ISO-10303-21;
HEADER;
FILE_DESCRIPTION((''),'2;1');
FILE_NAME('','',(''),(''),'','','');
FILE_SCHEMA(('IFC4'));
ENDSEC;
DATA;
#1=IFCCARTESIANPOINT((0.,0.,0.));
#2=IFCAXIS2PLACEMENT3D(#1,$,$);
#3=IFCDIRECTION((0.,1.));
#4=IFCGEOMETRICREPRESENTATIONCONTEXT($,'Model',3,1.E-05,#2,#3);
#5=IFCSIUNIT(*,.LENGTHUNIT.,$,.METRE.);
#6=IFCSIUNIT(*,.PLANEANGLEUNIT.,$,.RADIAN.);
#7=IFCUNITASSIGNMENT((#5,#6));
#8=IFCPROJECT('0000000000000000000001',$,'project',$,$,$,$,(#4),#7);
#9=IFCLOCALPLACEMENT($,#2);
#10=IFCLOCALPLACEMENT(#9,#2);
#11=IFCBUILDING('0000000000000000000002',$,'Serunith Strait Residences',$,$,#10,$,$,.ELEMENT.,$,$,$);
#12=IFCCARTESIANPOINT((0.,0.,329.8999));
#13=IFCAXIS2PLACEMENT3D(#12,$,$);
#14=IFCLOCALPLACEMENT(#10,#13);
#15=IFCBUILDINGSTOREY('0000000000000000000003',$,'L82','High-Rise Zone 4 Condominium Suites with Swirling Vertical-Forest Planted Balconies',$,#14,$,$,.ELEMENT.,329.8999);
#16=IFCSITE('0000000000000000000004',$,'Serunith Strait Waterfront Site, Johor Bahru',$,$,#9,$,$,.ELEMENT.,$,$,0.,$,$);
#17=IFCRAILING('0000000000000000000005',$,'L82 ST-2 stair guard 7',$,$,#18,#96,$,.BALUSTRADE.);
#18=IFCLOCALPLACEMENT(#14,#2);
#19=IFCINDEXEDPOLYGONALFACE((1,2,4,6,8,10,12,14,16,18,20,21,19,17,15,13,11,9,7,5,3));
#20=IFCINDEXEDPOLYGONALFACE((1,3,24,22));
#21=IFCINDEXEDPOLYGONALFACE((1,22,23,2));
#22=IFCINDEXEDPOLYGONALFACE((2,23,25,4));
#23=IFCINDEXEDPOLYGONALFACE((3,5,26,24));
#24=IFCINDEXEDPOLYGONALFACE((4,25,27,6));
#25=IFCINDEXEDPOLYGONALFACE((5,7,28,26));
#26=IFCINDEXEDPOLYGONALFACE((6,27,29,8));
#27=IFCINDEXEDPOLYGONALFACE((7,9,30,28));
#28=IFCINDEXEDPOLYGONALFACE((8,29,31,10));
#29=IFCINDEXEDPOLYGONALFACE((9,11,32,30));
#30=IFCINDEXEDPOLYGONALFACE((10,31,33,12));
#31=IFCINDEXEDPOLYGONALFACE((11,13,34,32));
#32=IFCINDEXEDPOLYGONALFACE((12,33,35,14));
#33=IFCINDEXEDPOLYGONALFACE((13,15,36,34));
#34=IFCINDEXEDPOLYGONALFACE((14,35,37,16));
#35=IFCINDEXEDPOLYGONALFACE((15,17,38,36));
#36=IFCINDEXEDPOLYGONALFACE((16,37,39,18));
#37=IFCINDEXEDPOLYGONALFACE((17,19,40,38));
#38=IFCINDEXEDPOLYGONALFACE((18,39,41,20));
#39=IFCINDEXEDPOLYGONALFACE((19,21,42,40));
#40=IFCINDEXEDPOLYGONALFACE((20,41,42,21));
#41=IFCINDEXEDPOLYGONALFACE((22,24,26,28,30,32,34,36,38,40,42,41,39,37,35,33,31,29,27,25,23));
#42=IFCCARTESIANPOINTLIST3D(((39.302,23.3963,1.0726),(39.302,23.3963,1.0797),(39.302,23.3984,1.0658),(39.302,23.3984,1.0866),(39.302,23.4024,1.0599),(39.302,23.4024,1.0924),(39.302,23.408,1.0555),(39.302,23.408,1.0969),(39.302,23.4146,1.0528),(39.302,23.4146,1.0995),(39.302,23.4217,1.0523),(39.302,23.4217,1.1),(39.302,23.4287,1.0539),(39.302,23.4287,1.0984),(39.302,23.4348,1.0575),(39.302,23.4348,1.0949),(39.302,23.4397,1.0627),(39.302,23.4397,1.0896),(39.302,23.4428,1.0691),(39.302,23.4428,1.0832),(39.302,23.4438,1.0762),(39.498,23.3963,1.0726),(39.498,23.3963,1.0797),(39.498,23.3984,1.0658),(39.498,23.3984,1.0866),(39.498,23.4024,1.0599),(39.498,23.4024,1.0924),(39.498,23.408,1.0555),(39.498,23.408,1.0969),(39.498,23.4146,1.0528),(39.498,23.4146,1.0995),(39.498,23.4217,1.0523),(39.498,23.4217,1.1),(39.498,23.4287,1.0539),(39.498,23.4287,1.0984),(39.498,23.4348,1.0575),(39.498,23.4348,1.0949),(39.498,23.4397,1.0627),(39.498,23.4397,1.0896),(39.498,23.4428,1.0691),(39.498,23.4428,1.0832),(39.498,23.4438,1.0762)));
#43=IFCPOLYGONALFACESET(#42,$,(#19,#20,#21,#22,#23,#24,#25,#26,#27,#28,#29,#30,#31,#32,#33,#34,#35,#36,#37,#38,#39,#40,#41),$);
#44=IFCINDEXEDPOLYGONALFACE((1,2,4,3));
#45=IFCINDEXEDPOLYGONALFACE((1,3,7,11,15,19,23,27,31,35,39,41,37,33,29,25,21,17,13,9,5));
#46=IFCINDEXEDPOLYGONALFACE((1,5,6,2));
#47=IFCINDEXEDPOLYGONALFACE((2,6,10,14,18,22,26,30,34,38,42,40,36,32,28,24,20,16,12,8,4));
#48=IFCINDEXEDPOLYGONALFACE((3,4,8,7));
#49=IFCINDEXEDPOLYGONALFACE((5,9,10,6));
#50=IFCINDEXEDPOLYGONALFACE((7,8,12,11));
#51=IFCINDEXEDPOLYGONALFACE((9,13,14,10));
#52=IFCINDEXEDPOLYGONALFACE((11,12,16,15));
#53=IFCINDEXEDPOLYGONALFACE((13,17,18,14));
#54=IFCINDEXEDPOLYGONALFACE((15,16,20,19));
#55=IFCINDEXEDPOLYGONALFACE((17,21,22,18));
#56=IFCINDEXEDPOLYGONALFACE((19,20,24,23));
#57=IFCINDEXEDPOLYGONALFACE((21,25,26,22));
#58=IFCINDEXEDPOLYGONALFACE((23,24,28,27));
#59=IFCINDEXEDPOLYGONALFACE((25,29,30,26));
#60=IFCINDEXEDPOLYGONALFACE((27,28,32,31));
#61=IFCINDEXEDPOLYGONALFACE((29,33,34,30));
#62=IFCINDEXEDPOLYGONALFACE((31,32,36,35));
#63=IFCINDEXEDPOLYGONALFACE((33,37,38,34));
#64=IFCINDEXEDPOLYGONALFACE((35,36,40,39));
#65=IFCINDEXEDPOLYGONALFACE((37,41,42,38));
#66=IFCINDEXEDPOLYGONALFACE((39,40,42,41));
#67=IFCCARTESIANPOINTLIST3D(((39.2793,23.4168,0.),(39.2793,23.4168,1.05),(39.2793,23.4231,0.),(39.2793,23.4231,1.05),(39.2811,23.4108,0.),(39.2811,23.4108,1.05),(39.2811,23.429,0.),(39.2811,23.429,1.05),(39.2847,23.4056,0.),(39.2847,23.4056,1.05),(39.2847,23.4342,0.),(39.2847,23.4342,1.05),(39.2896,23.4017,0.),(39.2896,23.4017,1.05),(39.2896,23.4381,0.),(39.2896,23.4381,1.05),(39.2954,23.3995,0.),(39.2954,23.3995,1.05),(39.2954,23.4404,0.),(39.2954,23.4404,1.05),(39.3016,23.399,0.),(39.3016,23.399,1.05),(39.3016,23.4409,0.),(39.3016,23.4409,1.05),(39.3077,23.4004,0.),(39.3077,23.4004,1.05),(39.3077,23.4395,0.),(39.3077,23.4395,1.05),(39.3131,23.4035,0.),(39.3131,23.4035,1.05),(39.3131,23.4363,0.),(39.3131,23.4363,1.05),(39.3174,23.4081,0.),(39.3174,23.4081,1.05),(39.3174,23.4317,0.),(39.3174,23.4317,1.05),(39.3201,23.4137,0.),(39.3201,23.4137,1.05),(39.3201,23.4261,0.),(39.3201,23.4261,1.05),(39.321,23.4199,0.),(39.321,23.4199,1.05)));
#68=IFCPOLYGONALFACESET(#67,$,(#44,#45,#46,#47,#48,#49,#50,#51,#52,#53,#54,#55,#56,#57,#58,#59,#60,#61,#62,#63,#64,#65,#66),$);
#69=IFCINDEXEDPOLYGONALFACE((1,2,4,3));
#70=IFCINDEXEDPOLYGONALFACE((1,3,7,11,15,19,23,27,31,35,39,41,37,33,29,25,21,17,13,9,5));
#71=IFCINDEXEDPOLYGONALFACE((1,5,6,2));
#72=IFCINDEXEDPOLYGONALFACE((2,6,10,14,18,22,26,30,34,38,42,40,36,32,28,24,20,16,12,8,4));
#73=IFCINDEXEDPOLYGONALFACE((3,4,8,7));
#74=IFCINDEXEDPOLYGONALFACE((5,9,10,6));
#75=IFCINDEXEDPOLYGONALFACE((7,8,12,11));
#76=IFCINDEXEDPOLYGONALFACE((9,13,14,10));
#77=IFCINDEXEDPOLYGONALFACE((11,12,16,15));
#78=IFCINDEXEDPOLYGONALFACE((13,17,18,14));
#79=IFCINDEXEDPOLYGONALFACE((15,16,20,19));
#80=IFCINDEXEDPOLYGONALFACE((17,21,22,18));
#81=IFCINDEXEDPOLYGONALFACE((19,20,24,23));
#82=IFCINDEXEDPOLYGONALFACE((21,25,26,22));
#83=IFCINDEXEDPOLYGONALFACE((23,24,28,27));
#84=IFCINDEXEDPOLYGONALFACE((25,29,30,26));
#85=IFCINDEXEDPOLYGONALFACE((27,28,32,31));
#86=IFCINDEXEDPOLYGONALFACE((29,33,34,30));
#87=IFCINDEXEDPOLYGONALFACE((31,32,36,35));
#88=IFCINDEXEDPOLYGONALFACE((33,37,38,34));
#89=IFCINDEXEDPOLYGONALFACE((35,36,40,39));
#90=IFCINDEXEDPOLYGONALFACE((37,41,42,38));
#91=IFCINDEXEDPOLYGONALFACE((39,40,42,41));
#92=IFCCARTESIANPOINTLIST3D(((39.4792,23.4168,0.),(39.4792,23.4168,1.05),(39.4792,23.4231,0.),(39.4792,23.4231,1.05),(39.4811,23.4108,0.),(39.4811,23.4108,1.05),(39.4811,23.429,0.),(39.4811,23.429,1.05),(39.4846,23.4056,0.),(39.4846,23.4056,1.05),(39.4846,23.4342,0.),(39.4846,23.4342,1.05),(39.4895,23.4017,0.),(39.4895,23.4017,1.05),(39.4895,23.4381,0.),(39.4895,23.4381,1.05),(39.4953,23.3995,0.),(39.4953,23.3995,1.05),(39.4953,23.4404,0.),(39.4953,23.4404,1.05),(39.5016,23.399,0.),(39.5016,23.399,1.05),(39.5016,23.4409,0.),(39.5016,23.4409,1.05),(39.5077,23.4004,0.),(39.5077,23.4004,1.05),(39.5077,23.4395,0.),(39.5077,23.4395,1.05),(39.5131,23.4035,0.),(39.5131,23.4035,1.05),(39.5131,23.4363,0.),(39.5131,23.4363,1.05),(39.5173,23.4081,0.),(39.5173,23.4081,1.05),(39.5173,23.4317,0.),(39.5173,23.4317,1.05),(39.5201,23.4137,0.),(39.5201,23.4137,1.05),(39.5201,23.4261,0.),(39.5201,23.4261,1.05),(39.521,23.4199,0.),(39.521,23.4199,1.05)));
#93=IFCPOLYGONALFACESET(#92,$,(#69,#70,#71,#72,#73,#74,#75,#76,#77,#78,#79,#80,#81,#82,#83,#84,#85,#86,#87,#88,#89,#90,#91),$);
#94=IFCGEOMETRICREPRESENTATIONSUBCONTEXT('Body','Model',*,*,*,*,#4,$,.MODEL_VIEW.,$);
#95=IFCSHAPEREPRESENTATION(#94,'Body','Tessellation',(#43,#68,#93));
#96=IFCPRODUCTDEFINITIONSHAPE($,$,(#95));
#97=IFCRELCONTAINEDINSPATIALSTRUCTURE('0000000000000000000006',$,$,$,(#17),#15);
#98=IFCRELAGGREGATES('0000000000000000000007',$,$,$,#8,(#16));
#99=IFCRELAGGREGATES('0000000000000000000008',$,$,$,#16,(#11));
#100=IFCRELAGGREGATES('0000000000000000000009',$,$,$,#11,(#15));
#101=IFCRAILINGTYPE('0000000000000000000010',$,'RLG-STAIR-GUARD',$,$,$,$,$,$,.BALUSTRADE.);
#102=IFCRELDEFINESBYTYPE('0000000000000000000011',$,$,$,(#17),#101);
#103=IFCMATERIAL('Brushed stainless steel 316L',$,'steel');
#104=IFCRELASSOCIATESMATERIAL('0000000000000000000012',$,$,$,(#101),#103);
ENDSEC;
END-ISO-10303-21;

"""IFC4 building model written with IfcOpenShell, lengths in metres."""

from ifc_helpers import new_model, si_unit, direction, frame, origin, origin_2d, place, context, subcontext, project, spatial, circle, extrude, material, type_object, element, save


model = new_model("IFC4")

# Units and contexts
model_context = context("Model", 3, precision=1e-05, world=origin(), true_north=direction((0.0, 1.0)))
body_context = subcontext(model_context, "Body", "Model", "MODEL_VIEW")
ifc_project = project(units=[si_unit("LENGTHUNIT", "METRE"), si_unit("PLANEANGLEUNIT", "RADIAN")], contexts=[model_context])

# Site, building, storey
site_placement = place(None, origin())
site = spatial("IfcSite", under=ifc_project, at=site_placement, Name="Serunith Strait Waterfront Site, Johor Bahru", CompositionType="ELEMENT", RefElevation=0.0)
building_placement = place(site_placement, origin())
building = spatial("IfcBuilding", under=site, at=building_placement, Name="Serunith Strait Residences", CompositionType="ELEMENT")
storey_placement = place(building_placement, frame((0.0, 0.0, 329.8999)))
storey = spatial("IfcBuildingStorey", under=building, at=storey_placement, Name="L82", Description="High-Rise Zone 4 Condominium Suites with Swirling Vertical-Forest Planted Balconies", CompositionType="ELEMENT", Elevation=329.8999)

# Railing
ifc_material_1 = material(Name="Brushed stainless steel 316L", Category="steel")
railing_type_1 = type_object("IfcRailingType", Name="RLG-STAIR-GUARD", PredefinedType="BALUSTRADE", material=ifc_material_1)
railing_1_placement = place(storey_placement, frame((39.3, 23.4199, 0.0)))
element("IfcRailing", 1, at=railing_1_placement, inside=storey, type_object=railing_type_1, Name="L82 ST-2 stair guard 7", PredefinedType="BALUSTRADE", context=body_context, shape_type="SweptSolid", body=[
    extrude(circle(Radius=0.0239, at=origin_2d()), frame((0.002, 0.0, 1.0762), z_axis=(1.0, 0.0, 0.0), x_axis=(0.0, 1.0, 0.0)), (0.0, 0.0, 1.0), 0.196),
    extrude(circle(Radius=0.021, at=origin_2d()), origin(), (0.0, 0.0, 1.0), 1.05),
    extrude(circle(Radius=0.021, at=origin_2d()), frame((0.2, 0.0, 0.0)), (0.0, 0.0, 1.0), 1.05),
])

save(model, "model.ifc")
